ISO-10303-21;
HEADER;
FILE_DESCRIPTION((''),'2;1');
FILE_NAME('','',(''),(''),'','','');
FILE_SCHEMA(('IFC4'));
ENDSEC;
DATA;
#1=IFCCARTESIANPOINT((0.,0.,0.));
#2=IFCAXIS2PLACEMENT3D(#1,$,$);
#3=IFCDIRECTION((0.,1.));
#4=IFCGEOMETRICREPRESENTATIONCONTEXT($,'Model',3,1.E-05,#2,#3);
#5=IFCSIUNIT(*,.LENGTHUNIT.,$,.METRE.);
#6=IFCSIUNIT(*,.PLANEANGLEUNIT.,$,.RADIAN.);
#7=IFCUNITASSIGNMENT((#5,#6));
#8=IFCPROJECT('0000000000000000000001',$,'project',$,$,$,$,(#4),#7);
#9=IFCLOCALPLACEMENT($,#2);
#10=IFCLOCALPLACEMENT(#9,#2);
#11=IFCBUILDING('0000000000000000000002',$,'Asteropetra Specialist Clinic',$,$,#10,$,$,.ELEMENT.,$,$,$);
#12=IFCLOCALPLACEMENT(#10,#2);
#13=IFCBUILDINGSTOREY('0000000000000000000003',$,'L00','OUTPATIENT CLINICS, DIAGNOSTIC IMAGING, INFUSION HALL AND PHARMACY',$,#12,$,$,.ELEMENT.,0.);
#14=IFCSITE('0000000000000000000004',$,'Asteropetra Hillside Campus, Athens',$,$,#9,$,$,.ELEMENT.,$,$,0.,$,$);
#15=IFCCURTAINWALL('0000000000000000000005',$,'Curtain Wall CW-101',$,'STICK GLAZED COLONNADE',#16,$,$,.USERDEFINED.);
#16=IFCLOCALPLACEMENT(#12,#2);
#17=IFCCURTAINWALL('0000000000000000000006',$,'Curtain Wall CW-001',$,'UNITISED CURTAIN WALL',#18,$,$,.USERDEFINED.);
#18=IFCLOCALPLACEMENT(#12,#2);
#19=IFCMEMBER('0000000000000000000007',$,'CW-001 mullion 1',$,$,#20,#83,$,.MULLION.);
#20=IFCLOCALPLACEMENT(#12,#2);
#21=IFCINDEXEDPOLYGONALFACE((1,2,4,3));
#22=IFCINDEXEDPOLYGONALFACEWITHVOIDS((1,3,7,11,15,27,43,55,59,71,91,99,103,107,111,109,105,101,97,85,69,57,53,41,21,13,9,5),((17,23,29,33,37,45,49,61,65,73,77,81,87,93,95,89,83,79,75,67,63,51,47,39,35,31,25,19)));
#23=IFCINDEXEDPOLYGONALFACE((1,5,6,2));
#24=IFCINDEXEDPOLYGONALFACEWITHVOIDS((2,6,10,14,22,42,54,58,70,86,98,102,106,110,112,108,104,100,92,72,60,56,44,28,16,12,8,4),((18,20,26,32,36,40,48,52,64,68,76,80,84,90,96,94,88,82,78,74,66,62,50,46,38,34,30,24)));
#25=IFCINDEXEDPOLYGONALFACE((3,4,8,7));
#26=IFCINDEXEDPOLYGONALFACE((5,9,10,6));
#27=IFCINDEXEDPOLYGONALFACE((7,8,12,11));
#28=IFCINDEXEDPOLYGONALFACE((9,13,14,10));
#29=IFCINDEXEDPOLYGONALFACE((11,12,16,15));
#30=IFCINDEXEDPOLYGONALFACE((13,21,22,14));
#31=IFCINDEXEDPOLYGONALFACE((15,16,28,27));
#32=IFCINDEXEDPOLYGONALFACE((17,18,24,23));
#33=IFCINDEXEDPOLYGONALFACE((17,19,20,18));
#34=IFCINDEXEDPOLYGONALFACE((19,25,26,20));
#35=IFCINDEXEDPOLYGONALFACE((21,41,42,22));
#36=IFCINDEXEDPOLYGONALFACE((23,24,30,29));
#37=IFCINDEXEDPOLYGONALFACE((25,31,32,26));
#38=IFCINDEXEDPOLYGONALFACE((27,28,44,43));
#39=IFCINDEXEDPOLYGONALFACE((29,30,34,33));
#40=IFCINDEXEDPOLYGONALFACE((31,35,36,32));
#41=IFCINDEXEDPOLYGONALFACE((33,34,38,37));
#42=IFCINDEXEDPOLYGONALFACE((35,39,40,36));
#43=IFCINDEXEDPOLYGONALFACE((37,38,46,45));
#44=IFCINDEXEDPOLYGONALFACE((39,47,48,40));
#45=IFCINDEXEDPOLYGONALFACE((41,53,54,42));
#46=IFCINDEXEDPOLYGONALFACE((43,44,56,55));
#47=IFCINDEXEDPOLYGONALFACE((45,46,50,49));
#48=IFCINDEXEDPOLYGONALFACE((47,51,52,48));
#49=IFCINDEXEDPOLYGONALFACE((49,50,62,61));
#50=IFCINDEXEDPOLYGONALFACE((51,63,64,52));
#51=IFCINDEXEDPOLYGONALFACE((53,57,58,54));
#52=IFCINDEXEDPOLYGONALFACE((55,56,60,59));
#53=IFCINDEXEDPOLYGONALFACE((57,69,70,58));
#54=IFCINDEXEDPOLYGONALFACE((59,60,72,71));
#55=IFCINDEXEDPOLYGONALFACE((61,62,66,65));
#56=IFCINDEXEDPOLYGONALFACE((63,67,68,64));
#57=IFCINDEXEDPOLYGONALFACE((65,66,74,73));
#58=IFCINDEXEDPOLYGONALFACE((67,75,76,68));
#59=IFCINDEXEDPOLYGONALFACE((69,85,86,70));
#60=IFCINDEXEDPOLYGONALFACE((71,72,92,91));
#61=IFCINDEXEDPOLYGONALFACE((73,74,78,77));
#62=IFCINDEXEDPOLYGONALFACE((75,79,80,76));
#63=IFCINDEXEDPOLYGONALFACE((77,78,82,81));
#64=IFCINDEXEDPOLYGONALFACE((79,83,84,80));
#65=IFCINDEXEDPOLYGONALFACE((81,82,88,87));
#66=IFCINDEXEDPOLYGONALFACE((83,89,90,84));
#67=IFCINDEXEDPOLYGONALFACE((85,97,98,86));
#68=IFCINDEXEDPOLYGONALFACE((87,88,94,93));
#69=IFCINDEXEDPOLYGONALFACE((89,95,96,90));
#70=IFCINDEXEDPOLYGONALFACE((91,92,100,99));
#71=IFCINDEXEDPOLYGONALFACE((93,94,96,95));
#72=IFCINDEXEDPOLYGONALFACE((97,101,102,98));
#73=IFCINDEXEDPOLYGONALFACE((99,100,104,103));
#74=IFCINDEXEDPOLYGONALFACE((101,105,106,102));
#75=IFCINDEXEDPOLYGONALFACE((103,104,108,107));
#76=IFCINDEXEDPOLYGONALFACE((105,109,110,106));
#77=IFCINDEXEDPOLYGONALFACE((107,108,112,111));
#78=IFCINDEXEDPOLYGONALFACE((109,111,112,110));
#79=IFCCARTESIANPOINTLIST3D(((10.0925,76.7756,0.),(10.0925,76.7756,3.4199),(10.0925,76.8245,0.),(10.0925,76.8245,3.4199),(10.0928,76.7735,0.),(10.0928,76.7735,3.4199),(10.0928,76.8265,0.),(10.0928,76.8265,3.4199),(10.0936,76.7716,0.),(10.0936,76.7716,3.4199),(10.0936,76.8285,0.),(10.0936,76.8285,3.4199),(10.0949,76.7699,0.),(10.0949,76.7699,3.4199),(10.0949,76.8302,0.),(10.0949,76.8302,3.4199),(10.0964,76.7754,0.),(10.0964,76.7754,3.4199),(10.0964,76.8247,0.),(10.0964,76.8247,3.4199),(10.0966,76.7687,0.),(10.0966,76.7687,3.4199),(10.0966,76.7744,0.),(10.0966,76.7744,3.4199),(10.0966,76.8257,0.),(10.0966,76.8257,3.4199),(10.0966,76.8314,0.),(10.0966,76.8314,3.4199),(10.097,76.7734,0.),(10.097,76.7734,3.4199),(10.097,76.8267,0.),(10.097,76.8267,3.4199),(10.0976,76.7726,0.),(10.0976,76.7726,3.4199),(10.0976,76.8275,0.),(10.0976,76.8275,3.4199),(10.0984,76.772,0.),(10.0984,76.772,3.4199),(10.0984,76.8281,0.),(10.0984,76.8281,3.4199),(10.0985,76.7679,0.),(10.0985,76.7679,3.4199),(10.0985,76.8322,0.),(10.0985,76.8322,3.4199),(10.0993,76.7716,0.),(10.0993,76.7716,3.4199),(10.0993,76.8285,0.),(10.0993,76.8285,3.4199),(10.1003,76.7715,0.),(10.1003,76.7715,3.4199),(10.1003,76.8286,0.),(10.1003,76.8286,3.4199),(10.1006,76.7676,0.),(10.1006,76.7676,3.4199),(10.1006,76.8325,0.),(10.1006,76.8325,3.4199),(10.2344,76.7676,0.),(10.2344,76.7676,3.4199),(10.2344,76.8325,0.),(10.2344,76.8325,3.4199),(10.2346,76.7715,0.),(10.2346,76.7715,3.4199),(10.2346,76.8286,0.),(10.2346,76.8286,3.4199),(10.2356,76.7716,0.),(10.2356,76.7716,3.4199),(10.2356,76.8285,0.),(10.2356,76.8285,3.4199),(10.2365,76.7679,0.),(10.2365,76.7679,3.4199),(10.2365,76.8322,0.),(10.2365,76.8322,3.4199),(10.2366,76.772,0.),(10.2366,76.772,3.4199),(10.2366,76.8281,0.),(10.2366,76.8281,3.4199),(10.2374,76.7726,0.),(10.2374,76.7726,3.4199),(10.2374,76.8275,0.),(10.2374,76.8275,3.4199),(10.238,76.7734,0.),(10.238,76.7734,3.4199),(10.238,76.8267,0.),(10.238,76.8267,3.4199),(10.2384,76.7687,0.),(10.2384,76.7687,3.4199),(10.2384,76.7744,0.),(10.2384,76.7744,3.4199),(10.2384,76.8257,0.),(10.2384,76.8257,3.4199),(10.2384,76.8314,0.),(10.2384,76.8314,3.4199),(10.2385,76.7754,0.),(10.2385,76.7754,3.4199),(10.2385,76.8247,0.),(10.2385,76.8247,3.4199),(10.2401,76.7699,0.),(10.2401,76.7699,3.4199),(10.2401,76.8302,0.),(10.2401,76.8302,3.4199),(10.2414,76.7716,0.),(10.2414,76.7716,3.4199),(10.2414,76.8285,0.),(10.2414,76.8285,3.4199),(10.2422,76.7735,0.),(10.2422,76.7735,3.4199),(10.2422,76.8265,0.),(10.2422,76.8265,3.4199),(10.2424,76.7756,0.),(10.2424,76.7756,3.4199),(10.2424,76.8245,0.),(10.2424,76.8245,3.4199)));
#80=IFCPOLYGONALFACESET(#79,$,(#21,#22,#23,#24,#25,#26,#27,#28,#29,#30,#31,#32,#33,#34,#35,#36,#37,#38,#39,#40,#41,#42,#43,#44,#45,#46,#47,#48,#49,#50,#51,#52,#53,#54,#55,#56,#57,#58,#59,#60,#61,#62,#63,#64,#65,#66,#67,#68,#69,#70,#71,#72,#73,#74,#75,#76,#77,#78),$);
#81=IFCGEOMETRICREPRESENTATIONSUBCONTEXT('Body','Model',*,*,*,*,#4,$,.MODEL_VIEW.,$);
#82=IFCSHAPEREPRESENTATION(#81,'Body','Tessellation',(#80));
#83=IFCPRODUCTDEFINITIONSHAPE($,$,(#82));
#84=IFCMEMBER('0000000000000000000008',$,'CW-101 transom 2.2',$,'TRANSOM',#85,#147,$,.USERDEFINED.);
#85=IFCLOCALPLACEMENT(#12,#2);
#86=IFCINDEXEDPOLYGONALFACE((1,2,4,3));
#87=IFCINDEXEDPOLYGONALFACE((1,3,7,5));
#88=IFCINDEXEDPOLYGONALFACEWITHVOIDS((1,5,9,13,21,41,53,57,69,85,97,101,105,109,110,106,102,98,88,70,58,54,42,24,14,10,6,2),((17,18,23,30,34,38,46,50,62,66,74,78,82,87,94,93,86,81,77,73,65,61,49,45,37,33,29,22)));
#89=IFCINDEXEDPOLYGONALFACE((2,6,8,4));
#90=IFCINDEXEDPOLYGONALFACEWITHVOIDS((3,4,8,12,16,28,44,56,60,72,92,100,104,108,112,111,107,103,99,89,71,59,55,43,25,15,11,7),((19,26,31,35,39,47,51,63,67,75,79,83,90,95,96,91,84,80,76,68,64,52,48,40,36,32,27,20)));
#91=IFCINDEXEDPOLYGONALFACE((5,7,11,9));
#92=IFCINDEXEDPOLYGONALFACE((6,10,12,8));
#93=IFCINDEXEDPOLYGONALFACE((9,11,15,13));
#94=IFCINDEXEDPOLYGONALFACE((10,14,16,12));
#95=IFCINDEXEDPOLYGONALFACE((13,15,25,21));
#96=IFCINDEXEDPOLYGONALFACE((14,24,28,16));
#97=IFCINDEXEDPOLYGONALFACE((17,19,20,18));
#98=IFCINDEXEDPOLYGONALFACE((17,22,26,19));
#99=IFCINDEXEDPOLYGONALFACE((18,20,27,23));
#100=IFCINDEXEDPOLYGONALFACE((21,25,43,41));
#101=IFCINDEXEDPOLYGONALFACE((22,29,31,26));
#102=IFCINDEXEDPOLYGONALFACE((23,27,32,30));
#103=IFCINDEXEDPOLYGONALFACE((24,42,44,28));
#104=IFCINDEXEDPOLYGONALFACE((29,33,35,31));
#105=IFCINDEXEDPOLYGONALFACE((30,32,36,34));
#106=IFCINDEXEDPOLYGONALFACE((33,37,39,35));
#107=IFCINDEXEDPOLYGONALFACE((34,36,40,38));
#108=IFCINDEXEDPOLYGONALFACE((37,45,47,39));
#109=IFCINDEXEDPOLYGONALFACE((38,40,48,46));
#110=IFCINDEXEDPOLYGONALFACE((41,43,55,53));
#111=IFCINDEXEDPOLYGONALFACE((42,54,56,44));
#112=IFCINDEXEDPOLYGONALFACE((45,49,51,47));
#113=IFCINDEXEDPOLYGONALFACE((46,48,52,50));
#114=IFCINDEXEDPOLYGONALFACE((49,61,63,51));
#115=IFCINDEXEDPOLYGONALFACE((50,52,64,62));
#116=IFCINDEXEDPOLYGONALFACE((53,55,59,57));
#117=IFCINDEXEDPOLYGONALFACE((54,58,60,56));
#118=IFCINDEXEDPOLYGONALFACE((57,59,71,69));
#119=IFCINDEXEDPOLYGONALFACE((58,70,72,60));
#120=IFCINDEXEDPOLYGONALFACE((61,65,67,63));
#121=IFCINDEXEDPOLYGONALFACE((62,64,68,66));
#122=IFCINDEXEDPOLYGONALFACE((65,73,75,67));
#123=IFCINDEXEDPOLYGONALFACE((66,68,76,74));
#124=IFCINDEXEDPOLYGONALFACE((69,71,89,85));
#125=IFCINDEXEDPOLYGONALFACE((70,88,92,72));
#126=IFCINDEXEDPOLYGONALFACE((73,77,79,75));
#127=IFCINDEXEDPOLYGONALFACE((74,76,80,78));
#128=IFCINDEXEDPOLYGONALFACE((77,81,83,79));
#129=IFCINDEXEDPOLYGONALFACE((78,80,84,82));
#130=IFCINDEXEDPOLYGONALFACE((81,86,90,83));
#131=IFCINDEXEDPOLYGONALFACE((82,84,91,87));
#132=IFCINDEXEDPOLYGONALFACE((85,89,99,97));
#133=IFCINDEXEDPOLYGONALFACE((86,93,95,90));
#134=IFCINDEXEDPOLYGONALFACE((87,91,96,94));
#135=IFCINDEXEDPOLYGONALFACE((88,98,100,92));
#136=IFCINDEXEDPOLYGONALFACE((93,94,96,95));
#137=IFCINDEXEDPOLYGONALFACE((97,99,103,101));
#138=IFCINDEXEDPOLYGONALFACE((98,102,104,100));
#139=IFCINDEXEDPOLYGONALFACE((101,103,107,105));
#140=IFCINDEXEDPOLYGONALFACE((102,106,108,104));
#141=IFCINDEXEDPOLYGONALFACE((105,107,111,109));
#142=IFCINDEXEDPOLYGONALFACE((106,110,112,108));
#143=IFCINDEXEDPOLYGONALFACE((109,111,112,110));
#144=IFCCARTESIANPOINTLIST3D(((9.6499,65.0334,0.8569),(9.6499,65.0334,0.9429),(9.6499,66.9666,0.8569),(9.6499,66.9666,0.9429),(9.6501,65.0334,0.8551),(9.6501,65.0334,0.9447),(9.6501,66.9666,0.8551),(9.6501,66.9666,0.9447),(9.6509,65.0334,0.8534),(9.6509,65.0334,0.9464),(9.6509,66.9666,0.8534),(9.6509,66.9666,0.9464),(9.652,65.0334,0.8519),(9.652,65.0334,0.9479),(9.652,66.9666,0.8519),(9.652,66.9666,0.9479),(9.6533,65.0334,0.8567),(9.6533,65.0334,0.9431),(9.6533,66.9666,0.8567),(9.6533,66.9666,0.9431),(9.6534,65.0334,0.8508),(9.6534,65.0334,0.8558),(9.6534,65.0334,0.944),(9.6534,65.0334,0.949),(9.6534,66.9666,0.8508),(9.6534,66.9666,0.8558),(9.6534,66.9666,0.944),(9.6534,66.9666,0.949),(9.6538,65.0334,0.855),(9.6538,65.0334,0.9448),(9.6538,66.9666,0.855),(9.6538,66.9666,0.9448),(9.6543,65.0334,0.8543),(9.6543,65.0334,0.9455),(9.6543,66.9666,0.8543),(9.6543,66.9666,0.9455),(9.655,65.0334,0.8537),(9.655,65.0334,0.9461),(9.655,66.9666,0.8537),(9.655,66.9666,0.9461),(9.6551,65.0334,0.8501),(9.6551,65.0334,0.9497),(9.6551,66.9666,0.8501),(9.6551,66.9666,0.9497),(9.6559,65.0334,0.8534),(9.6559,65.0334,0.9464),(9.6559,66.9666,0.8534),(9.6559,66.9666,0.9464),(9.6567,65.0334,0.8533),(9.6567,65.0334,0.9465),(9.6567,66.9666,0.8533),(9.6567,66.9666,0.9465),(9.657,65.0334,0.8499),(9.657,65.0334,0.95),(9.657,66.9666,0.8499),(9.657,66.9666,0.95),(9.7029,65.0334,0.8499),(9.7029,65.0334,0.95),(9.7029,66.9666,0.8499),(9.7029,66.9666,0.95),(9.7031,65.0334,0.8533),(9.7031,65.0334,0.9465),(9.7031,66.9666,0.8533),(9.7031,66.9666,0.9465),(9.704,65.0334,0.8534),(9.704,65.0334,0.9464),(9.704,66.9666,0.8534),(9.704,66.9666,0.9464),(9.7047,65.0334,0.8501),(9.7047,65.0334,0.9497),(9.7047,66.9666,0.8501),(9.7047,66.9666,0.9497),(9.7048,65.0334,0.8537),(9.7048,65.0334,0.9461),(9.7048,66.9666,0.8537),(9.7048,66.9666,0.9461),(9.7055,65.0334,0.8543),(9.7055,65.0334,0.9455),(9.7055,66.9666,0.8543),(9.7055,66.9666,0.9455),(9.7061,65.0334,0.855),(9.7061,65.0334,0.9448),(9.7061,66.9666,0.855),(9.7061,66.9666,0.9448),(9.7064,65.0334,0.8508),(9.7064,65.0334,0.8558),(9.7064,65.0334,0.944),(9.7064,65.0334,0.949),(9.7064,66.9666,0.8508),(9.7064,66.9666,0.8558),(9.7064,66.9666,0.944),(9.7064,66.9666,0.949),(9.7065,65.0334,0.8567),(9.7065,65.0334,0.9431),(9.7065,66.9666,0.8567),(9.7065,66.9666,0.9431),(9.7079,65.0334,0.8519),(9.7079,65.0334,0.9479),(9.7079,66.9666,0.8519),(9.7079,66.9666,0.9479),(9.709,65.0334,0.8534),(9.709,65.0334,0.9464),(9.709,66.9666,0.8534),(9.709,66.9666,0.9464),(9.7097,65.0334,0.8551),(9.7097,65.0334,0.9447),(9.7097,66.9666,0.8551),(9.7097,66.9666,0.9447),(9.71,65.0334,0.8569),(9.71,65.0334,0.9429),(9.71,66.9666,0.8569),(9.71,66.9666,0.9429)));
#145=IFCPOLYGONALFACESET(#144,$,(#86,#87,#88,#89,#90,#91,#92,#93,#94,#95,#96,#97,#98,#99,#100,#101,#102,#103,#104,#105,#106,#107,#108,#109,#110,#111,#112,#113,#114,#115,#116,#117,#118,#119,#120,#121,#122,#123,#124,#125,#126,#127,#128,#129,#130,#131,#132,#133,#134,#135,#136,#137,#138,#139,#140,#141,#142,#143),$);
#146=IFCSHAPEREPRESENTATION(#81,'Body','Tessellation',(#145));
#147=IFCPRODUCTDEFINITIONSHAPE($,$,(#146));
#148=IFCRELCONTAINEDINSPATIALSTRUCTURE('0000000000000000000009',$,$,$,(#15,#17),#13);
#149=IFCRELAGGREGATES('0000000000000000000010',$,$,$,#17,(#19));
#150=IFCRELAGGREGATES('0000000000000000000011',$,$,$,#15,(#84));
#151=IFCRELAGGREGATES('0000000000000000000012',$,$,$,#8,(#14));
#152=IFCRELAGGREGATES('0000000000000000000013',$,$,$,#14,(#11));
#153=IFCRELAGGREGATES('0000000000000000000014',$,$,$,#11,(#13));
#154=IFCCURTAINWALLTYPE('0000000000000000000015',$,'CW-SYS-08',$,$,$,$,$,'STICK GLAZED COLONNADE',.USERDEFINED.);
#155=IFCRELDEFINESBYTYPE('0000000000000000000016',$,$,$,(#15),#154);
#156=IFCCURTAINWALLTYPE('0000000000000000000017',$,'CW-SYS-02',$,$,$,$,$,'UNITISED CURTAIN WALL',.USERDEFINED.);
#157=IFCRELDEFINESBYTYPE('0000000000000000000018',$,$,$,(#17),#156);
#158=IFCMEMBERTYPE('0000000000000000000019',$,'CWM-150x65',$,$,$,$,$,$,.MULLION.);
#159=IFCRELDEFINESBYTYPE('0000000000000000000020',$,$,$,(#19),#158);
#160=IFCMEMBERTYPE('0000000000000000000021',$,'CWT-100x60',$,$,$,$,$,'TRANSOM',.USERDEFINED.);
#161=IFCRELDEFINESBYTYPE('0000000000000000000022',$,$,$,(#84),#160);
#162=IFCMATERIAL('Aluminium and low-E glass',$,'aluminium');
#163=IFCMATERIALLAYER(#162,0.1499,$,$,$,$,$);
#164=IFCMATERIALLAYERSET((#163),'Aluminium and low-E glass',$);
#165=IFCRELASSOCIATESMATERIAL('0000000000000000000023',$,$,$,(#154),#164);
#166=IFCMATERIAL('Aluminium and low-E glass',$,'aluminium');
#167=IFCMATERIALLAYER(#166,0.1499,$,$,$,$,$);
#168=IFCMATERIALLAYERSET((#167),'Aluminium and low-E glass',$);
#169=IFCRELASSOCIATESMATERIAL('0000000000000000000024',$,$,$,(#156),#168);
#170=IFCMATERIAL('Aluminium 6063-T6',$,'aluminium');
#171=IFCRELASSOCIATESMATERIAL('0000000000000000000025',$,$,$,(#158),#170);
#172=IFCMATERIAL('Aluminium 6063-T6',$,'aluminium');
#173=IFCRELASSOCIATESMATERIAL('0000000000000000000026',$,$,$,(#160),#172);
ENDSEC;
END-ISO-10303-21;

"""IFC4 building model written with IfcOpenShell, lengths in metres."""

from ifc_helpers import new_model, si_unit, direction, frame, origin, origin_2d, place, context, subcontext, project, spatial, hollow_rectangle, extrude, material, layer, layer_set, material_profile, profile_set, type_object, element, aggregate, save


model = new_model("IFC4")

# Units and contexts
model_context = context("Model", 3, precision=1e-05, world=origin(), true_north=direction((0.0, 1.0)))
body_context = subcontext(model_context, "Body", "Model", "MODEL_VIEW")
ifc_project = project(units=[si_unit("LENGTHUNIT", "METRE"), si_unit("PLANEANGLEUNIT", "RADIAN")], contexts=[model_context])

# Site, building, storey
site_placement = place(None, origin())
site = spatial("IfcSite", under=ifc_project, at=site_placement, Name="Asteropetra Hillside Campus, Athens", CompositionType="ELEMENT", RefElevation=0.0)
building_placement = place(site_placement, origin())
building = spatial("IfcBuilding", under=site, at=building_placement, Name="Asteropetra Specialist Clinic", CompositionType="ELEMENT")
storey_placement = place(building_placement, origin())
storey = spatial("IfcBuildingStorey", under=building, at=storey_placement, Name="L00", Description="OUTPATIENT CLINICS, DIAGNOSTIC IMAGING, INFUSION HALL AND PHARMACY", CompositionType="ELEMENT", Elevation=0.0)

# Curtain wall
ifc_material_1 = material(Name="Aluminium and low-E glass", Category="aluminium")
ifc_layer_1 = layer(ifc_material_1, 0.1499)
ifc_layer_set_1 = layer_set([ifc_layer_1], Name="Aluminium and low-E glass")
curtain_wall_type_1 = type_object("IfcCurtainWallType", Name="CW-SYS-08", ElementType="STICK GLAZED COLONNADE", PredefinedType="USERDEFINED", material=ifc_layer_set_1)
curtain_wall_1_placement = place(storey_placement, origin())
curtain_wall_1 = element("IfcCurtainWall", 1, at=curtain_wall_1_placement, inside=storey, type_object=curtain_wall_type_1, Name="Curtain Wall CW-101", ObjectType="STICK GLAZED COLONNADE", PredefinedType="USERDEFINED")

# Curtain wall, member
ifc_material_2 = material(Name="Aluminium and low-E glass", Category="aluminium")
ifc_layer_2 = layer(ifc_material_2, 0.1499)
ifc_layer_set_2 = layer_set([ifc_layer_2], Name="Aluminium and low-E glass")
curtain_wall_type_2 = type_object("IfcCurtainWallType", Name="CW-SYS-02", ElementType="UNITISED CURTAIN WALL", PredefinedType="USERDEFINED", material=ifc_layer_set_2)
curtain_wall_2_placement = place(storey_placement, origin())
curtain_wall_2 = element("IfcCurtainWall", 2, at=curtain_wall_2_placement, inside=storey, type_object=curtain_wall_type_2, Name="Curtain Wall CW-001", ObjectType="UNITISED CURTAIN WALL", PredefinedType="USERDEFINED")
ifc_material_3 = material(Name="Aluminium 6063-T6", Category="aluminium")
ifc_material_profile_1 = material_profile(ifc_material_3, hollow_rectangle(XDim=0.0649, YDim=0.1499, WallThickness=0.0039, InnerFilletRadius=0.0039, OuterFilletRadius=0.0081, at=origin_2d()), Name="MUL 150x65x4.0")
ifc_profile_set_1 = profile_set([ifc_material_profile_1], Name="Aluminium 6063-T6")
member_type_1 = type_object("IfcMemberType", Name="CWM-150x65", PredefinedType="MULLION", material=ifc_profile_set_1)
member_1_placement = place(storey_placement, frame((10.1675, 76.8, 0.0), z_axis=(0.0, 0.0, 1.0), x_axis=(0.0, 1.0, 0.0)))
member_1 = element("IfcMember", 3, at=member_1_placement, type_object=member_type_1, Name="CW-001 mullion 1", PredefinedType="MULLION", context=body_context, shape_type="SweptSolid", body=[
    extrude(hollow_rectangle(XDim=0.0649, YDim=0.1499, WallThickness=0.0039, InnerFilletRadius=0.0039, OuterFilletRadius=0.0081, at=origin_2d()), origin(), (0.0, 0.0, 1.0), 3.4199),
])
aggregate(curtain_wall_2, [member_1])

# Member
ifc_material_4 = material(Name="Aluminium 6063-T6", Category="aluminium")
ifc_material_profile_2 = material_profile(ifc_material_4, hollow_rectangle(XDim=0.0601, YDim=0.1001, WallThickness=0.0034, InnerFilletRadius=0.0034, OuterFilletRadius=0.0071, at=origin_2d()), Name="TRN 100x60x3.5")
ifc_profile_set_2 = profile_set([ifc_material_profile_2], Name="Aluminium 6063-T6")
member_type_2 = type_object("IfcMemberType", Name="CWT-100x60", ElementType="TRANSOM", PredefinedType="USERDEFINED", material=ifc_profile_set_2)
member_2_placement = place(storey_placement, frame((9.6799, 65.0334, 0.8999), z_axis=(0.0, 1.0, 0.0), x_axis=(-1.0, 0.0, 0.0)))
member_2 = element("IfcMember", 4, at=member_2_placement, type_object=member_type_2, Name="CW-101 transom 2.2", ObjectType="TRANSOM", PredefinedType="USERDEFINED", context=body_context, shape_type="SweptSolid", body=[
    extrude(hollow_rectangle(XDim=0.0601, YDim=0.1001, WallThickness=0.0034, InnerFilletRadius=0.0034, OuterFilletRadius=0.0071, at=origin_2d()), origin(), (0.0, 0.0, 1.0), 1.9331),
])

aggregate(curtain_wall_1, [member_2])

save(model, "model.ifc")
